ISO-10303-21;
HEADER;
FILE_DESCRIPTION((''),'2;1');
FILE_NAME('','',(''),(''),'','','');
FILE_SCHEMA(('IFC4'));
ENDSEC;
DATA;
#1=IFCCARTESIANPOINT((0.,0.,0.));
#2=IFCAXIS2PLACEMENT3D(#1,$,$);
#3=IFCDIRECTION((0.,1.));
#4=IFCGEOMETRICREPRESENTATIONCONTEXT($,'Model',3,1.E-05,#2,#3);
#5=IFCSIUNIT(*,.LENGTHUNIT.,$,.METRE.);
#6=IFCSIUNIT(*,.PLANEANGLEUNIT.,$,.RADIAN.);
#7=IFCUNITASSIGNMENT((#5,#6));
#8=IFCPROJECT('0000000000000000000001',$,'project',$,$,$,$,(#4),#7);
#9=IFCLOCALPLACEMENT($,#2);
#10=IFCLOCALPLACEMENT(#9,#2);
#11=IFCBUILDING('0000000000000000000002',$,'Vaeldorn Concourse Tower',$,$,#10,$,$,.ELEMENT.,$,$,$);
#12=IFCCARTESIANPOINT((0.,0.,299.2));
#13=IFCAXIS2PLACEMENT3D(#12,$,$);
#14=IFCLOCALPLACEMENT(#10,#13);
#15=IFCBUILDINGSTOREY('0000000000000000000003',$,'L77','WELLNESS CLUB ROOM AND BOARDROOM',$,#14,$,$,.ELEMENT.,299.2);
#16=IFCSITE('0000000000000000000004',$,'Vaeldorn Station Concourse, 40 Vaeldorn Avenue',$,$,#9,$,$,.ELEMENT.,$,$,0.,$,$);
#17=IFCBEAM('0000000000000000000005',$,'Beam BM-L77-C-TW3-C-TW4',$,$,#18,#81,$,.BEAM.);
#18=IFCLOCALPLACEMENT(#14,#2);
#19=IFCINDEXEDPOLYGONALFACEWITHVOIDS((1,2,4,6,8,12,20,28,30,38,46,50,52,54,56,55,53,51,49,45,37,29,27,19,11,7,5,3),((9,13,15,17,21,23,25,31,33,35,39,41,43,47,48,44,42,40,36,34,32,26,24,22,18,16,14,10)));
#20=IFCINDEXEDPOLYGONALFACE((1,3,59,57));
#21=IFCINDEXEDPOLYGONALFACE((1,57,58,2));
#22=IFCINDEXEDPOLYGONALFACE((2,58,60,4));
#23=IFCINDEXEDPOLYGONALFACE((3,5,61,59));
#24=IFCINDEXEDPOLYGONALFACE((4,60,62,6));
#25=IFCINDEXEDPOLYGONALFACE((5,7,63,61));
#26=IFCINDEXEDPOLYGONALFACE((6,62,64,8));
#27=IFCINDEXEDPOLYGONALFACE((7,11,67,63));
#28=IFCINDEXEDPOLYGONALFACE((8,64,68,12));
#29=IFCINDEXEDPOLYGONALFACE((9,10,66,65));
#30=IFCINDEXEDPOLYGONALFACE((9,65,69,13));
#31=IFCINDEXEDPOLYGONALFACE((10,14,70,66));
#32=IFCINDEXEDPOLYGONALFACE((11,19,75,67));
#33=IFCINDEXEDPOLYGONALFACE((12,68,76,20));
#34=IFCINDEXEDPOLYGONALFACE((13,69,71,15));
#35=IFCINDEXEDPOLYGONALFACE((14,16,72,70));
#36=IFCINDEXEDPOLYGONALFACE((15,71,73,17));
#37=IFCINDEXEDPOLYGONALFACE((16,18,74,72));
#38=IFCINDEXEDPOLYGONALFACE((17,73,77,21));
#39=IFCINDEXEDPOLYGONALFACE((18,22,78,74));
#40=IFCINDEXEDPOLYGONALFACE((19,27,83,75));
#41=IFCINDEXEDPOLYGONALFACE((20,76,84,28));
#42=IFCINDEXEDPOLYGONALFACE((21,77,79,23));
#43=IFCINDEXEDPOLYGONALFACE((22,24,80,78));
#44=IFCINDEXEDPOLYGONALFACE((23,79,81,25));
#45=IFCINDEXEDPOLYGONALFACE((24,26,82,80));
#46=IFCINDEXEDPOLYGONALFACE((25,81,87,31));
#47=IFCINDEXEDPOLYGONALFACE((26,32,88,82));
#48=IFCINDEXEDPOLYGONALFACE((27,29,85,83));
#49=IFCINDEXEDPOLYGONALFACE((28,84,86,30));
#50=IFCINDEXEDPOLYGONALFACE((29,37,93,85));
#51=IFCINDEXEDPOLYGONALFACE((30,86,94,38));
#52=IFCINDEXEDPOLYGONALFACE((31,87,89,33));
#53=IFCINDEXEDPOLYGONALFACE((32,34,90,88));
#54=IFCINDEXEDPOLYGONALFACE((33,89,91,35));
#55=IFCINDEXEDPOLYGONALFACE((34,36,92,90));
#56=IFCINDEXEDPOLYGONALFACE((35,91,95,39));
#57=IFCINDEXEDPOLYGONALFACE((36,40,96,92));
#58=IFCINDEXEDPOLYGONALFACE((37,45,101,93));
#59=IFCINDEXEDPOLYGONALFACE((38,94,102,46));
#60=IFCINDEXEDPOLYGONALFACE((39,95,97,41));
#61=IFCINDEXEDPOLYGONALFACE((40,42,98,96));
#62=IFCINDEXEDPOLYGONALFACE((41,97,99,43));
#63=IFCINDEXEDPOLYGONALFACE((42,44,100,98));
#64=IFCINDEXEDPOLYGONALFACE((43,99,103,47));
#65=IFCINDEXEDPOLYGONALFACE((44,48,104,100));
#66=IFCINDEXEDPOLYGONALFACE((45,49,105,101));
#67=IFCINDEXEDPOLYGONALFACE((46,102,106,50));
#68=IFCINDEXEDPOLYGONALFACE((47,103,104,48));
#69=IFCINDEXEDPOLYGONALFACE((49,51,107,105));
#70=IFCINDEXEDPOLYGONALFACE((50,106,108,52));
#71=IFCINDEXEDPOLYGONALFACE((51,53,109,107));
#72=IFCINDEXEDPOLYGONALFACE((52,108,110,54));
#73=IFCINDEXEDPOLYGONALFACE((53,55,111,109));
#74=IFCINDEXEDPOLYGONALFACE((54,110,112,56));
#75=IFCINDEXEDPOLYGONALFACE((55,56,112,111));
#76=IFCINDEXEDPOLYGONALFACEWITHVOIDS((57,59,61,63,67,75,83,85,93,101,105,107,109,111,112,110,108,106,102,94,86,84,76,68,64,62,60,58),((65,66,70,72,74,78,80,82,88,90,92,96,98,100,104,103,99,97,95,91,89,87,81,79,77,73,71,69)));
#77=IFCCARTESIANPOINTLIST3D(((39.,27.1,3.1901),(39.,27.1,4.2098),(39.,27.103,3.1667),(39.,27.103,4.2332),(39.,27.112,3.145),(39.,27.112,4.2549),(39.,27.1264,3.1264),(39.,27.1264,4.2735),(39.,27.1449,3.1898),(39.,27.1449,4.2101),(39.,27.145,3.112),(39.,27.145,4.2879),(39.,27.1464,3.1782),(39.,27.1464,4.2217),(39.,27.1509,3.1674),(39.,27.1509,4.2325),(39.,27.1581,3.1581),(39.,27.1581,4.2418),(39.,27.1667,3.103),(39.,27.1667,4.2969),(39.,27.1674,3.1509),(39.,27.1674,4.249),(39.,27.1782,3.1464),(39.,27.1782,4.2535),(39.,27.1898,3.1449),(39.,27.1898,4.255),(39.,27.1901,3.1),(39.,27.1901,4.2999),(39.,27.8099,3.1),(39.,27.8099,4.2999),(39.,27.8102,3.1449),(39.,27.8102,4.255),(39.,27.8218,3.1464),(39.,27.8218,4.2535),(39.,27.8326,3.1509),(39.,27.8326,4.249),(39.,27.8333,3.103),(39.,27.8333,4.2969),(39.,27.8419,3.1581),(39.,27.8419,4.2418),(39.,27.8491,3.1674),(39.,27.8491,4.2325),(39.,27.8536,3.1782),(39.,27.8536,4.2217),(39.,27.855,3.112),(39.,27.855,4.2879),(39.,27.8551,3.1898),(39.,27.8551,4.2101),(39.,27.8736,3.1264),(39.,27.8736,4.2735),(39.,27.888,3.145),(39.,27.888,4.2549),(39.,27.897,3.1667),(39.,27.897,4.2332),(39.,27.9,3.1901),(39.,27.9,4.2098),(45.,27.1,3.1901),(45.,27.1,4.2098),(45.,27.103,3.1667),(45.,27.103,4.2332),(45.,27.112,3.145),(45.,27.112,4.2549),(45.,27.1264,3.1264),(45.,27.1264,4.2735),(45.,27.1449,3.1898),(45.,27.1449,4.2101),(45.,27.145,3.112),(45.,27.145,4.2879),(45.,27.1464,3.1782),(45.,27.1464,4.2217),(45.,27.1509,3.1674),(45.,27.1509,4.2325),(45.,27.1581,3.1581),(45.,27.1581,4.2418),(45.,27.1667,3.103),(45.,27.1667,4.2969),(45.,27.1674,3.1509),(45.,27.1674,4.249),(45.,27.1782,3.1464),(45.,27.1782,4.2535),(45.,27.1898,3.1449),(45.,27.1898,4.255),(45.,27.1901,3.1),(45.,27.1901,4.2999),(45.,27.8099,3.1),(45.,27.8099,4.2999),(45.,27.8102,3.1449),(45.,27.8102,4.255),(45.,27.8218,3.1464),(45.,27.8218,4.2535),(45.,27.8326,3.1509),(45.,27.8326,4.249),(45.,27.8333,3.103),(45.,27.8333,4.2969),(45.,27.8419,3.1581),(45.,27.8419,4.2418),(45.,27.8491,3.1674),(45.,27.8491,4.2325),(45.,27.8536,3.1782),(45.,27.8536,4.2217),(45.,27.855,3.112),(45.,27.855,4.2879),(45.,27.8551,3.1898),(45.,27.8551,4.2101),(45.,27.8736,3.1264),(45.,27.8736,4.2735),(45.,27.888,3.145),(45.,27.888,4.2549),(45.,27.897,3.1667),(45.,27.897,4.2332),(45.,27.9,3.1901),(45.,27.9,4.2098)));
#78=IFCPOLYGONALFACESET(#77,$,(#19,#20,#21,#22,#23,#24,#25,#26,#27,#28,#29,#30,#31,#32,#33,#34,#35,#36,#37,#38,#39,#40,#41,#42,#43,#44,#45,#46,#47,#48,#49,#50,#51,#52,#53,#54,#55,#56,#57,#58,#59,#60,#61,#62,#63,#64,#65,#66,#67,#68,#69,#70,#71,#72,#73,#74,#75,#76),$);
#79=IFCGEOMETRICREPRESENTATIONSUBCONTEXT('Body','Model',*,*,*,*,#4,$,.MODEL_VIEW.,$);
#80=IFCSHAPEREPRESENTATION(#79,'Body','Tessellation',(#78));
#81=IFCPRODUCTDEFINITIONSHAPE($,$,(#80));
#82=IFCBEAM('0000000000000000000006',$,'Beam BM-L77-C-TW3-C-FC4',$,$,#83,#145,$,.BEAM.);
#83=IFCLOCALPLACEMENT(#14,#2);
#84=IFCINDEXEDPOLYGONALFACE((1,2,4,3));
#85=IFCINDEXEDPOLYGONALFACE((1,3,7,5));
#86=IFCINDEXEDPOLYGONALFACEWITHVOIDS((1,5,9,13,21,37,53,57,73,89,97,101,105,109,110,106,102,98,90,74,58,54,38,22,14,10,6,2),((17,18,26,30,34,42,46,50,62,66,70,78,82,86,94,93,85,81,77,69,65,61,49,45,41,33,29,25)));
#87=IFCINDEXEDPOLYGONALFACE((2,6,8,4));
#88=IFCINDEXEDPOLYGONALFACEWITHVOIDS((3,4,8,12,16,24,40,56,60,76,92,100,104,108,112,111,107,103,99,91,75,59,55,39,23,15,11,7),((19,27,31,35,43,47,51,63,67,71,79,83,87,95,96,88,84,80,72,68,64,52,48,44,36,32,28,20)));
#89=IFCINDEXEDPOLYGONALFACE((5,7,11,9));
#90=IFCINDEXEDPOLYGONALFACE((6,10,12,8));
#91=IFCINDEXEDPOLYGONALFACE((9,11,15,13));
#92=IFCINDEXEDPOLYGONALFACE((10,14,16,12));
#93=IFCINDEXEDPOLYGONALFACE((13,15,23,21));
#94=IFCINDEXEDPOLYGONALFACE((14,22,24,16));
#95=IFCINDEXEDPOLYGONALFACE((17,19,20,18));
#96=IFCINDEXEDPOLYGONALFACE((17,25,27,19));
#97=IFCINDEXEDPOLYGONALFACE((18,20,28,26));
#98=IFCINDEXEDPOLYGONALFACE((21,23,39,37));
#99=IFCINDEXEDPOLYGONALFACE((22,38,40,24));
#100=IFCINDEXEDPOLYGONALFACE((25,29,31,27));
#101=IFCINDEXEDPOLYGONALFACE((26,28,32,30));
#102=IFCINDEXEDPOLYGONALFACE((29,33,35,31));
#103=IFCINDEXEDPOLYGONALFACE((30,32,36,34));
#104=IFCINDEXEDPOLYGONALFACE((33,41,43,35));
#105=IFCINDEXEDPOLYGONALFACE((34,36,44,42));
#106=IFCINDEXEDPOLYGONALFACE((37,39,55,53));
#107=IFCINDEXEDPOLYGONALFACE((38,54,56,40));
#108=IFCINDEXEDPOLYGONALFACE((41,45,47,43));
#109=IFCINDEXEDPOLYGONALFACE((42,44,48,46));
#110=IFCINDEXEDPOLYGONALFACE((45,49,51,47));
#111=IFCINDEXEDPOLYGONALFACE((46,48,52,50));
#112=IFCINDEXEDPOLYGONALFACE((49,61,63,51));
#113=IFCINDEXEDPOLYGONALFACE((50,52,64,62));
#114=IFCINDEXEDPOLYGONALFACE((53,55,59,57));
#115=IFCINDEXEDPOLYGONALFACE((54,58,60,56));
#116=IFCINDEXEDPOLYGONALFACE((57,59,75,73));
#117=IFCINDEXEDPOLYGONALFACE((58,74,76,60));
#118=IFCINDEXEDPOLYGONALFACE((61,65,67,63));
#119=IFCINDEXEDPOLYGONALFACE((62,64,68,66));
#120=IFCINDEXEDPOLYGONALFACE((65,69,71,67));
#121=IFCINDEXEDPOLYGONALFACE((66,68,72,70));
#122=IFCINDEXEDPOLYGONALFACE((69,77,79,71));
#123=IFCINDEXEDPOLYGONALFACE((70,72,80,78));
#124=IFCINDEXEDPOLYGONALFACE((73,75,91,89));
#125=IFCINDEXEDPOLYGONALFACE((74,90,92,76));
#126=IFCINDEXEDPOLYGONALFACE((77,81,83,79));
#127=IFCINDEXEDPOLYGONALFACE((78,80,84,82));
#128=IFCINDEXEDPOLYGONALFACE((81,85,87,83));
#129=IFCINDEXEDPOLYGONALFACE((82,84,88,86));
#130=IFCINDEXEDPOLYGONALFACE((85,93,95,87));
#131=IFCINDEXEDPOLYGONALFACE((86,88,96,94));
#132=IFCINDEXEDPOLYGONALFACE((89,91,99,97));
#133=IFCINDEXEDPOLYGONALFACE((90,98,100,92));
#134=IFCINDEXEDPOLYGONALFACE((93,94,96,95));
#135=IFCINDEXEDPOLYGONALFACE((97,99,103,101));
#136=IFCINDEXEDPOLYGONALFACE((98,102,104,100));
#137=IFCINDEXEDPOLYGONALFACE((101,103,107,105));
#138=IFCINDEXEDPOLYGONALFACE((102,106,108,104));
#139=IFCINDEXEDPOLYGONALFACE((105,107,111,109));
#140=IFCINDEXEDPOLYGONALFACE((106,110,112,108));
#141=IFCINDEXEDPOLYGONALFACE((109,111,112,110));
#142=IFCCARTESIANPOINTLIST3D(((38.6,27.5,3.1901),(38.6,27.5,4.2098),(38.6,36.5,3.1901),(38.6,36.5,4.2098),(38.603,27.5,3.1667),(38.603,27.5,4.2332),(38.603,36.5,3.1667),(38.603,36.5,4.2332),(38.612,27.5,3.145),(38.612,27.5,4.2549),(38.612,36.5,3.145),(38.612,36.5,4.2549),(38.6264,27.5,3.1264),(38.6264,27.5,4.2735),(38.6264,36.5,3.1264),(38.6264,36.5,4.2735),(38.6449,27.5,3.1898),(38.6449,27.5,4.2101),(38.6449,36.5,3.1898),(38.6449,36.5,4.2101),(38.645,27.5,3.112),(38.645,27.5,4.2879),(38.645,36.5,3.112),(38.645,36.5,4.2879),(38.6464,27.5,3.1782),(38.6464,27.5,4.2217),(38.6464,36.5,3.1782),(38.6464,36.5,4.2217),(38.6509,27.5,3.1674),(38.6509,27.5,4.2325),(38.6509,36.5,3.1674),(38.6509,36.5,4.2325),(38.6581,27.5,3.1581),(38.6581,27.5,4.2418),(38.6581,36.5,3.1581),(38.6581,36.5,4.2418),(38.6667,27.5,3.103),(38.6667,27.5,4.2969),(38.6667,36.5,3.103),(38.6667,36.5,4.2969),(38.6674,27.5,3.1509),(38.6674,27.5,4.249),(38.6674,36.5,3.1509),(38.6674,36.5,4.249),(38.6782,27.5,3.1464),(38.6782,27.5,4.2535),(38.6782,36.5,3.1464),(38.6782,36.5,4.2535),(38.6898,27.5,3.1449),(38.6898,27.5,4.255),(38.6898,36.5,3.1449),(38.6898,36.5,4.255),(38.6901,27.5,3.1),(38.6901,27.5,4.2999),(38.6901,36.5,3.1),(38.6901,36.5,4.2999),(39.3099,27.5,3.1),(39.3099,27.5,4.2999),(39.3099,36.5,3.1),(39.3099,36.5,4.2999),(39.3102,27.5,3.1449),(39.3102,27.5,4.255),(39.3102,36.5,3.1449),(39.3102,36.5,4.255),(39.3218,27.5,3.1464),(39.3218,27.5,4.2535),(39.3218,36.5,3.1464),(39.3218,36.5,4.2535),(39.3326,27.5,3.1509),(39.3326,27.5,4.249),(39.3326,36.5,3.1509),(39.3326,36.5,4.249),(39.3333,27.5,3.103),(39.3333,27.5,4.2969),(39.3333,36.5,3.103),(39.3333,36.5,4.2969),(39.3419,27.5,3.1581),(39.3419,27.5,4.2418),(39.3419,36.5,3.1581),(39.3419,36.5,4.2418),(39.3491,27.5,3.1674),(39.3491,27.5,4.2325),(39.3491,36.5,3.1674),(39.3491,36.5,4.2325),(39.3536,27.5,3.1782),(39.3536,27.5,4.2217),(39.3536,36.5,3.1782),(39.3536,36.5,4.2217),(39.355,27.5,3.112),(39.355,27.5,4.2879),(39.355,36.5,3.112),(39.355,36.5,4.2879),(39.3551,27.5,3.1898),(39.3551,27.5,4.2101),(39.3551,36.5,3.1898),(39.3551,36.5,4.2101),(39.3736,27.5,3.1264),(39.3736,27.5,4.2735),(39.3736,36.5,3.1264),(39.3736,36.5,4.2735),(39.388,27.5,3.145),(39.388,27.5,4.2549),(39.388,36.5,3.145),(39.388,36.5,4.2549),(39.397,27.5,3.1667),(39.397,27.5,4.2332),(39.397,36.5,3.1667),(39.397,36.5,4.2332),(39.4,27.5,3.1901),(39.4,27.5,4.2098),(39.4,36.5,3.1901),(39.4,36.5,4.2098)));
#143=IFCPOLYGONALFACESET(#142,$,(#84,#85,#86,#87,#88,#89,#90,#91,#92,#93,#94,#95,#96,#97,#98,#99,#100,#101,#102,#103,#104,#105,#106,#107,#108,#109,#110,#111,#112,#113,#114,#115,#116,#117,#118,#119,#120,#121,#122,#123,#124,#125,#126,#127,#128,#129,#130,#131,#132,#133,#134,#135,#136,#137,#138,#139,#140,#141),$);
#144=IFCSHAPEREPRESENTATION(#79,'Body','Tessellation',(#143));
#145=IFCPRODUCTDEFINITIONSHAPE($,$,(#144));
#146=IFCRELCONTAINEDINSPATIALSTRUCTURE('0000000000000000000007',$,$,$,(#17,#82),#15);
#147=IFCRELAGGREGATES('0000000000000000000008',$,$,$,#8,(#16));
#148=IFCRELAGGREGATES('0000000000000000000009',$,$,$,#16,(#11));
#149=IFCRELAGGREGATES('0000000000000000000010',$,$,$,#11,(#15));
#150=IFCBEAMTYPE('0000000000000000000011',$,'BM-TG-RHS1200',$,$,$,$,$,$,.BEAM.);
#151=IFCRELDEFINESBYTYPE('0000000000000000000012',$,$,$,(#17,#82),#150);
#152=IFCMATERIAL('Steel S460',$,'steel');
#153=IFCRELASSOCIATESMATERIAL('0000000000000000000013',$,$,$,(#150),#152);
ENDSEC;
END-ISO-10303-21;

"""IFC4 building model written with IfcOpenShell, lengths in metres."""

from ifc_helpers import new_model, si_unit, direction, frame, origin, origin_2d, place, context, subcontext, project, spatial, hollow_rectangle, extrude, source, transform, mapped, material, material_profile, profile_set, type_object, element, save


model = new_model("IFC4")

# Units and contexts
model_context = context("Model", 3, precision=1e-05, world=origin(), true_north=direction((0.0, 1.0)))
body_context = subcontext(model_context, "Body", "Model", "MODEL_VIEW")
ifc_project = project(units=[si_unit("LENGTHUNIT", "METRE"), si_unit("PLANEANGLEUNIT", "RADIAN")], contexts=[model_context])

# Site, building, storey
site_placement = place(None, origin())
site = spatial("IfcSite", under=ifc_project, at=site_placement, Name="Vaeldorn Station Concourse, 40 Vaeldorn Avenue", CompositionType="ELEMENT", RefElevation=0.0)
building_placement = place(site_placement, origin())
building = spatial("IfcBuilding", under=site, at=building_placement, Name="Vaeldorn Concourse Tower", CompositionType="ELEMENT")
storey_placement = place(building_placement, frame((0.0, 0.0, 299.2)))
storey = spatial("IfcBuildingStorey", under=building, at=storey_placement, Name="L77", Description="WELLNESS CLUB ROOM AND BOARDROOM", CompositionType="ELEMENT", Elevation=299.2)

# Beams
ifc_material_1 = material(Name="Steel S460", Category="steel")
ifc_material_profile_1 = material_profile(ifc_material_1, hollow_rectangle(XDim=0.8, YDim=1.2, WallThickness=0.0449, InnerFilletRadius=0.0449, OuterFilletRadius=0.0901, at=origin_2d()), Name="RHS 1200x800x45")
ifc_profile_set_1 = profile_set([ifc_material_profile_1], Name="Steel S460")
beam_type_1 = type_object("IfcBeamType", Name="BM-TG-RHS1200", PredefinedType="BEAM", material=ifc_profile_set_1)
shared_shape_1 = source(origin(), body_context, "Body", "SweptSolid", [
    extrude(hollow_rectangle(XDim=0.8, YDim=1.2, WallThickness=0.0449, InnerFilletRadius=0.0449, OuterFilletRadius=0.0901, at=origin_2d()), origin(), (0.0, 0.0, 1.0), 6.0),
])
beam_1_placement = place(storey_placement, frame((39.0, 27.5, 3.7), z_axis=(1.0, 0.0, 0.0), x_axis=(0.0, 1.0, 0.0)))
element("IfcBeam", 1, at=beam_1_placement, inside=storey, type_object=beam_type_1, Name="Beam BM-L77-C-TW3-C-TW4", PredefinedType="BEAM", context=body_context, shape_type="MappedRepresentation", body=[
    mapped(shared_shape_1, transform((0.0, 0.0, 0.0), scale=1.0)),
])
shared_shape_2 = source(origin(), body_context, "Body", "SweptSolid", [
    extrude(hollow_rectangle(XDim=0.8, YDim=1.2, WallThickness=0.0449, InnerFilletRadius=0.0449, OuterFilletRadius=0.0901, at=origin_2d()), origin(), (0.0, 0.0, 1.0), 9.0),
])
for number, where, z_axis, x_axis, name in (
    (2, (39.0, 27.5, 3.7), (0.0, 1.0, 0.0), (-1.0, 0.0, 0.0), "Beam BM-L77-C-TW3-C-FC4"),
):
    element("IfcBeam", number, at=place(storey_placement, frame(where, z_axis=z_axis, x_axis=x_axis)), inside=storey, type_object=beam_type_1, Name=name, PredefinedType="BEAM", context=body_context, shape_type="MappedRepresentation", body=[
        mapped(shared_shape_2, transform((0.0, 0.0, 0.0), scale=1.0)),
    ])

save(model, "model.ifc")
